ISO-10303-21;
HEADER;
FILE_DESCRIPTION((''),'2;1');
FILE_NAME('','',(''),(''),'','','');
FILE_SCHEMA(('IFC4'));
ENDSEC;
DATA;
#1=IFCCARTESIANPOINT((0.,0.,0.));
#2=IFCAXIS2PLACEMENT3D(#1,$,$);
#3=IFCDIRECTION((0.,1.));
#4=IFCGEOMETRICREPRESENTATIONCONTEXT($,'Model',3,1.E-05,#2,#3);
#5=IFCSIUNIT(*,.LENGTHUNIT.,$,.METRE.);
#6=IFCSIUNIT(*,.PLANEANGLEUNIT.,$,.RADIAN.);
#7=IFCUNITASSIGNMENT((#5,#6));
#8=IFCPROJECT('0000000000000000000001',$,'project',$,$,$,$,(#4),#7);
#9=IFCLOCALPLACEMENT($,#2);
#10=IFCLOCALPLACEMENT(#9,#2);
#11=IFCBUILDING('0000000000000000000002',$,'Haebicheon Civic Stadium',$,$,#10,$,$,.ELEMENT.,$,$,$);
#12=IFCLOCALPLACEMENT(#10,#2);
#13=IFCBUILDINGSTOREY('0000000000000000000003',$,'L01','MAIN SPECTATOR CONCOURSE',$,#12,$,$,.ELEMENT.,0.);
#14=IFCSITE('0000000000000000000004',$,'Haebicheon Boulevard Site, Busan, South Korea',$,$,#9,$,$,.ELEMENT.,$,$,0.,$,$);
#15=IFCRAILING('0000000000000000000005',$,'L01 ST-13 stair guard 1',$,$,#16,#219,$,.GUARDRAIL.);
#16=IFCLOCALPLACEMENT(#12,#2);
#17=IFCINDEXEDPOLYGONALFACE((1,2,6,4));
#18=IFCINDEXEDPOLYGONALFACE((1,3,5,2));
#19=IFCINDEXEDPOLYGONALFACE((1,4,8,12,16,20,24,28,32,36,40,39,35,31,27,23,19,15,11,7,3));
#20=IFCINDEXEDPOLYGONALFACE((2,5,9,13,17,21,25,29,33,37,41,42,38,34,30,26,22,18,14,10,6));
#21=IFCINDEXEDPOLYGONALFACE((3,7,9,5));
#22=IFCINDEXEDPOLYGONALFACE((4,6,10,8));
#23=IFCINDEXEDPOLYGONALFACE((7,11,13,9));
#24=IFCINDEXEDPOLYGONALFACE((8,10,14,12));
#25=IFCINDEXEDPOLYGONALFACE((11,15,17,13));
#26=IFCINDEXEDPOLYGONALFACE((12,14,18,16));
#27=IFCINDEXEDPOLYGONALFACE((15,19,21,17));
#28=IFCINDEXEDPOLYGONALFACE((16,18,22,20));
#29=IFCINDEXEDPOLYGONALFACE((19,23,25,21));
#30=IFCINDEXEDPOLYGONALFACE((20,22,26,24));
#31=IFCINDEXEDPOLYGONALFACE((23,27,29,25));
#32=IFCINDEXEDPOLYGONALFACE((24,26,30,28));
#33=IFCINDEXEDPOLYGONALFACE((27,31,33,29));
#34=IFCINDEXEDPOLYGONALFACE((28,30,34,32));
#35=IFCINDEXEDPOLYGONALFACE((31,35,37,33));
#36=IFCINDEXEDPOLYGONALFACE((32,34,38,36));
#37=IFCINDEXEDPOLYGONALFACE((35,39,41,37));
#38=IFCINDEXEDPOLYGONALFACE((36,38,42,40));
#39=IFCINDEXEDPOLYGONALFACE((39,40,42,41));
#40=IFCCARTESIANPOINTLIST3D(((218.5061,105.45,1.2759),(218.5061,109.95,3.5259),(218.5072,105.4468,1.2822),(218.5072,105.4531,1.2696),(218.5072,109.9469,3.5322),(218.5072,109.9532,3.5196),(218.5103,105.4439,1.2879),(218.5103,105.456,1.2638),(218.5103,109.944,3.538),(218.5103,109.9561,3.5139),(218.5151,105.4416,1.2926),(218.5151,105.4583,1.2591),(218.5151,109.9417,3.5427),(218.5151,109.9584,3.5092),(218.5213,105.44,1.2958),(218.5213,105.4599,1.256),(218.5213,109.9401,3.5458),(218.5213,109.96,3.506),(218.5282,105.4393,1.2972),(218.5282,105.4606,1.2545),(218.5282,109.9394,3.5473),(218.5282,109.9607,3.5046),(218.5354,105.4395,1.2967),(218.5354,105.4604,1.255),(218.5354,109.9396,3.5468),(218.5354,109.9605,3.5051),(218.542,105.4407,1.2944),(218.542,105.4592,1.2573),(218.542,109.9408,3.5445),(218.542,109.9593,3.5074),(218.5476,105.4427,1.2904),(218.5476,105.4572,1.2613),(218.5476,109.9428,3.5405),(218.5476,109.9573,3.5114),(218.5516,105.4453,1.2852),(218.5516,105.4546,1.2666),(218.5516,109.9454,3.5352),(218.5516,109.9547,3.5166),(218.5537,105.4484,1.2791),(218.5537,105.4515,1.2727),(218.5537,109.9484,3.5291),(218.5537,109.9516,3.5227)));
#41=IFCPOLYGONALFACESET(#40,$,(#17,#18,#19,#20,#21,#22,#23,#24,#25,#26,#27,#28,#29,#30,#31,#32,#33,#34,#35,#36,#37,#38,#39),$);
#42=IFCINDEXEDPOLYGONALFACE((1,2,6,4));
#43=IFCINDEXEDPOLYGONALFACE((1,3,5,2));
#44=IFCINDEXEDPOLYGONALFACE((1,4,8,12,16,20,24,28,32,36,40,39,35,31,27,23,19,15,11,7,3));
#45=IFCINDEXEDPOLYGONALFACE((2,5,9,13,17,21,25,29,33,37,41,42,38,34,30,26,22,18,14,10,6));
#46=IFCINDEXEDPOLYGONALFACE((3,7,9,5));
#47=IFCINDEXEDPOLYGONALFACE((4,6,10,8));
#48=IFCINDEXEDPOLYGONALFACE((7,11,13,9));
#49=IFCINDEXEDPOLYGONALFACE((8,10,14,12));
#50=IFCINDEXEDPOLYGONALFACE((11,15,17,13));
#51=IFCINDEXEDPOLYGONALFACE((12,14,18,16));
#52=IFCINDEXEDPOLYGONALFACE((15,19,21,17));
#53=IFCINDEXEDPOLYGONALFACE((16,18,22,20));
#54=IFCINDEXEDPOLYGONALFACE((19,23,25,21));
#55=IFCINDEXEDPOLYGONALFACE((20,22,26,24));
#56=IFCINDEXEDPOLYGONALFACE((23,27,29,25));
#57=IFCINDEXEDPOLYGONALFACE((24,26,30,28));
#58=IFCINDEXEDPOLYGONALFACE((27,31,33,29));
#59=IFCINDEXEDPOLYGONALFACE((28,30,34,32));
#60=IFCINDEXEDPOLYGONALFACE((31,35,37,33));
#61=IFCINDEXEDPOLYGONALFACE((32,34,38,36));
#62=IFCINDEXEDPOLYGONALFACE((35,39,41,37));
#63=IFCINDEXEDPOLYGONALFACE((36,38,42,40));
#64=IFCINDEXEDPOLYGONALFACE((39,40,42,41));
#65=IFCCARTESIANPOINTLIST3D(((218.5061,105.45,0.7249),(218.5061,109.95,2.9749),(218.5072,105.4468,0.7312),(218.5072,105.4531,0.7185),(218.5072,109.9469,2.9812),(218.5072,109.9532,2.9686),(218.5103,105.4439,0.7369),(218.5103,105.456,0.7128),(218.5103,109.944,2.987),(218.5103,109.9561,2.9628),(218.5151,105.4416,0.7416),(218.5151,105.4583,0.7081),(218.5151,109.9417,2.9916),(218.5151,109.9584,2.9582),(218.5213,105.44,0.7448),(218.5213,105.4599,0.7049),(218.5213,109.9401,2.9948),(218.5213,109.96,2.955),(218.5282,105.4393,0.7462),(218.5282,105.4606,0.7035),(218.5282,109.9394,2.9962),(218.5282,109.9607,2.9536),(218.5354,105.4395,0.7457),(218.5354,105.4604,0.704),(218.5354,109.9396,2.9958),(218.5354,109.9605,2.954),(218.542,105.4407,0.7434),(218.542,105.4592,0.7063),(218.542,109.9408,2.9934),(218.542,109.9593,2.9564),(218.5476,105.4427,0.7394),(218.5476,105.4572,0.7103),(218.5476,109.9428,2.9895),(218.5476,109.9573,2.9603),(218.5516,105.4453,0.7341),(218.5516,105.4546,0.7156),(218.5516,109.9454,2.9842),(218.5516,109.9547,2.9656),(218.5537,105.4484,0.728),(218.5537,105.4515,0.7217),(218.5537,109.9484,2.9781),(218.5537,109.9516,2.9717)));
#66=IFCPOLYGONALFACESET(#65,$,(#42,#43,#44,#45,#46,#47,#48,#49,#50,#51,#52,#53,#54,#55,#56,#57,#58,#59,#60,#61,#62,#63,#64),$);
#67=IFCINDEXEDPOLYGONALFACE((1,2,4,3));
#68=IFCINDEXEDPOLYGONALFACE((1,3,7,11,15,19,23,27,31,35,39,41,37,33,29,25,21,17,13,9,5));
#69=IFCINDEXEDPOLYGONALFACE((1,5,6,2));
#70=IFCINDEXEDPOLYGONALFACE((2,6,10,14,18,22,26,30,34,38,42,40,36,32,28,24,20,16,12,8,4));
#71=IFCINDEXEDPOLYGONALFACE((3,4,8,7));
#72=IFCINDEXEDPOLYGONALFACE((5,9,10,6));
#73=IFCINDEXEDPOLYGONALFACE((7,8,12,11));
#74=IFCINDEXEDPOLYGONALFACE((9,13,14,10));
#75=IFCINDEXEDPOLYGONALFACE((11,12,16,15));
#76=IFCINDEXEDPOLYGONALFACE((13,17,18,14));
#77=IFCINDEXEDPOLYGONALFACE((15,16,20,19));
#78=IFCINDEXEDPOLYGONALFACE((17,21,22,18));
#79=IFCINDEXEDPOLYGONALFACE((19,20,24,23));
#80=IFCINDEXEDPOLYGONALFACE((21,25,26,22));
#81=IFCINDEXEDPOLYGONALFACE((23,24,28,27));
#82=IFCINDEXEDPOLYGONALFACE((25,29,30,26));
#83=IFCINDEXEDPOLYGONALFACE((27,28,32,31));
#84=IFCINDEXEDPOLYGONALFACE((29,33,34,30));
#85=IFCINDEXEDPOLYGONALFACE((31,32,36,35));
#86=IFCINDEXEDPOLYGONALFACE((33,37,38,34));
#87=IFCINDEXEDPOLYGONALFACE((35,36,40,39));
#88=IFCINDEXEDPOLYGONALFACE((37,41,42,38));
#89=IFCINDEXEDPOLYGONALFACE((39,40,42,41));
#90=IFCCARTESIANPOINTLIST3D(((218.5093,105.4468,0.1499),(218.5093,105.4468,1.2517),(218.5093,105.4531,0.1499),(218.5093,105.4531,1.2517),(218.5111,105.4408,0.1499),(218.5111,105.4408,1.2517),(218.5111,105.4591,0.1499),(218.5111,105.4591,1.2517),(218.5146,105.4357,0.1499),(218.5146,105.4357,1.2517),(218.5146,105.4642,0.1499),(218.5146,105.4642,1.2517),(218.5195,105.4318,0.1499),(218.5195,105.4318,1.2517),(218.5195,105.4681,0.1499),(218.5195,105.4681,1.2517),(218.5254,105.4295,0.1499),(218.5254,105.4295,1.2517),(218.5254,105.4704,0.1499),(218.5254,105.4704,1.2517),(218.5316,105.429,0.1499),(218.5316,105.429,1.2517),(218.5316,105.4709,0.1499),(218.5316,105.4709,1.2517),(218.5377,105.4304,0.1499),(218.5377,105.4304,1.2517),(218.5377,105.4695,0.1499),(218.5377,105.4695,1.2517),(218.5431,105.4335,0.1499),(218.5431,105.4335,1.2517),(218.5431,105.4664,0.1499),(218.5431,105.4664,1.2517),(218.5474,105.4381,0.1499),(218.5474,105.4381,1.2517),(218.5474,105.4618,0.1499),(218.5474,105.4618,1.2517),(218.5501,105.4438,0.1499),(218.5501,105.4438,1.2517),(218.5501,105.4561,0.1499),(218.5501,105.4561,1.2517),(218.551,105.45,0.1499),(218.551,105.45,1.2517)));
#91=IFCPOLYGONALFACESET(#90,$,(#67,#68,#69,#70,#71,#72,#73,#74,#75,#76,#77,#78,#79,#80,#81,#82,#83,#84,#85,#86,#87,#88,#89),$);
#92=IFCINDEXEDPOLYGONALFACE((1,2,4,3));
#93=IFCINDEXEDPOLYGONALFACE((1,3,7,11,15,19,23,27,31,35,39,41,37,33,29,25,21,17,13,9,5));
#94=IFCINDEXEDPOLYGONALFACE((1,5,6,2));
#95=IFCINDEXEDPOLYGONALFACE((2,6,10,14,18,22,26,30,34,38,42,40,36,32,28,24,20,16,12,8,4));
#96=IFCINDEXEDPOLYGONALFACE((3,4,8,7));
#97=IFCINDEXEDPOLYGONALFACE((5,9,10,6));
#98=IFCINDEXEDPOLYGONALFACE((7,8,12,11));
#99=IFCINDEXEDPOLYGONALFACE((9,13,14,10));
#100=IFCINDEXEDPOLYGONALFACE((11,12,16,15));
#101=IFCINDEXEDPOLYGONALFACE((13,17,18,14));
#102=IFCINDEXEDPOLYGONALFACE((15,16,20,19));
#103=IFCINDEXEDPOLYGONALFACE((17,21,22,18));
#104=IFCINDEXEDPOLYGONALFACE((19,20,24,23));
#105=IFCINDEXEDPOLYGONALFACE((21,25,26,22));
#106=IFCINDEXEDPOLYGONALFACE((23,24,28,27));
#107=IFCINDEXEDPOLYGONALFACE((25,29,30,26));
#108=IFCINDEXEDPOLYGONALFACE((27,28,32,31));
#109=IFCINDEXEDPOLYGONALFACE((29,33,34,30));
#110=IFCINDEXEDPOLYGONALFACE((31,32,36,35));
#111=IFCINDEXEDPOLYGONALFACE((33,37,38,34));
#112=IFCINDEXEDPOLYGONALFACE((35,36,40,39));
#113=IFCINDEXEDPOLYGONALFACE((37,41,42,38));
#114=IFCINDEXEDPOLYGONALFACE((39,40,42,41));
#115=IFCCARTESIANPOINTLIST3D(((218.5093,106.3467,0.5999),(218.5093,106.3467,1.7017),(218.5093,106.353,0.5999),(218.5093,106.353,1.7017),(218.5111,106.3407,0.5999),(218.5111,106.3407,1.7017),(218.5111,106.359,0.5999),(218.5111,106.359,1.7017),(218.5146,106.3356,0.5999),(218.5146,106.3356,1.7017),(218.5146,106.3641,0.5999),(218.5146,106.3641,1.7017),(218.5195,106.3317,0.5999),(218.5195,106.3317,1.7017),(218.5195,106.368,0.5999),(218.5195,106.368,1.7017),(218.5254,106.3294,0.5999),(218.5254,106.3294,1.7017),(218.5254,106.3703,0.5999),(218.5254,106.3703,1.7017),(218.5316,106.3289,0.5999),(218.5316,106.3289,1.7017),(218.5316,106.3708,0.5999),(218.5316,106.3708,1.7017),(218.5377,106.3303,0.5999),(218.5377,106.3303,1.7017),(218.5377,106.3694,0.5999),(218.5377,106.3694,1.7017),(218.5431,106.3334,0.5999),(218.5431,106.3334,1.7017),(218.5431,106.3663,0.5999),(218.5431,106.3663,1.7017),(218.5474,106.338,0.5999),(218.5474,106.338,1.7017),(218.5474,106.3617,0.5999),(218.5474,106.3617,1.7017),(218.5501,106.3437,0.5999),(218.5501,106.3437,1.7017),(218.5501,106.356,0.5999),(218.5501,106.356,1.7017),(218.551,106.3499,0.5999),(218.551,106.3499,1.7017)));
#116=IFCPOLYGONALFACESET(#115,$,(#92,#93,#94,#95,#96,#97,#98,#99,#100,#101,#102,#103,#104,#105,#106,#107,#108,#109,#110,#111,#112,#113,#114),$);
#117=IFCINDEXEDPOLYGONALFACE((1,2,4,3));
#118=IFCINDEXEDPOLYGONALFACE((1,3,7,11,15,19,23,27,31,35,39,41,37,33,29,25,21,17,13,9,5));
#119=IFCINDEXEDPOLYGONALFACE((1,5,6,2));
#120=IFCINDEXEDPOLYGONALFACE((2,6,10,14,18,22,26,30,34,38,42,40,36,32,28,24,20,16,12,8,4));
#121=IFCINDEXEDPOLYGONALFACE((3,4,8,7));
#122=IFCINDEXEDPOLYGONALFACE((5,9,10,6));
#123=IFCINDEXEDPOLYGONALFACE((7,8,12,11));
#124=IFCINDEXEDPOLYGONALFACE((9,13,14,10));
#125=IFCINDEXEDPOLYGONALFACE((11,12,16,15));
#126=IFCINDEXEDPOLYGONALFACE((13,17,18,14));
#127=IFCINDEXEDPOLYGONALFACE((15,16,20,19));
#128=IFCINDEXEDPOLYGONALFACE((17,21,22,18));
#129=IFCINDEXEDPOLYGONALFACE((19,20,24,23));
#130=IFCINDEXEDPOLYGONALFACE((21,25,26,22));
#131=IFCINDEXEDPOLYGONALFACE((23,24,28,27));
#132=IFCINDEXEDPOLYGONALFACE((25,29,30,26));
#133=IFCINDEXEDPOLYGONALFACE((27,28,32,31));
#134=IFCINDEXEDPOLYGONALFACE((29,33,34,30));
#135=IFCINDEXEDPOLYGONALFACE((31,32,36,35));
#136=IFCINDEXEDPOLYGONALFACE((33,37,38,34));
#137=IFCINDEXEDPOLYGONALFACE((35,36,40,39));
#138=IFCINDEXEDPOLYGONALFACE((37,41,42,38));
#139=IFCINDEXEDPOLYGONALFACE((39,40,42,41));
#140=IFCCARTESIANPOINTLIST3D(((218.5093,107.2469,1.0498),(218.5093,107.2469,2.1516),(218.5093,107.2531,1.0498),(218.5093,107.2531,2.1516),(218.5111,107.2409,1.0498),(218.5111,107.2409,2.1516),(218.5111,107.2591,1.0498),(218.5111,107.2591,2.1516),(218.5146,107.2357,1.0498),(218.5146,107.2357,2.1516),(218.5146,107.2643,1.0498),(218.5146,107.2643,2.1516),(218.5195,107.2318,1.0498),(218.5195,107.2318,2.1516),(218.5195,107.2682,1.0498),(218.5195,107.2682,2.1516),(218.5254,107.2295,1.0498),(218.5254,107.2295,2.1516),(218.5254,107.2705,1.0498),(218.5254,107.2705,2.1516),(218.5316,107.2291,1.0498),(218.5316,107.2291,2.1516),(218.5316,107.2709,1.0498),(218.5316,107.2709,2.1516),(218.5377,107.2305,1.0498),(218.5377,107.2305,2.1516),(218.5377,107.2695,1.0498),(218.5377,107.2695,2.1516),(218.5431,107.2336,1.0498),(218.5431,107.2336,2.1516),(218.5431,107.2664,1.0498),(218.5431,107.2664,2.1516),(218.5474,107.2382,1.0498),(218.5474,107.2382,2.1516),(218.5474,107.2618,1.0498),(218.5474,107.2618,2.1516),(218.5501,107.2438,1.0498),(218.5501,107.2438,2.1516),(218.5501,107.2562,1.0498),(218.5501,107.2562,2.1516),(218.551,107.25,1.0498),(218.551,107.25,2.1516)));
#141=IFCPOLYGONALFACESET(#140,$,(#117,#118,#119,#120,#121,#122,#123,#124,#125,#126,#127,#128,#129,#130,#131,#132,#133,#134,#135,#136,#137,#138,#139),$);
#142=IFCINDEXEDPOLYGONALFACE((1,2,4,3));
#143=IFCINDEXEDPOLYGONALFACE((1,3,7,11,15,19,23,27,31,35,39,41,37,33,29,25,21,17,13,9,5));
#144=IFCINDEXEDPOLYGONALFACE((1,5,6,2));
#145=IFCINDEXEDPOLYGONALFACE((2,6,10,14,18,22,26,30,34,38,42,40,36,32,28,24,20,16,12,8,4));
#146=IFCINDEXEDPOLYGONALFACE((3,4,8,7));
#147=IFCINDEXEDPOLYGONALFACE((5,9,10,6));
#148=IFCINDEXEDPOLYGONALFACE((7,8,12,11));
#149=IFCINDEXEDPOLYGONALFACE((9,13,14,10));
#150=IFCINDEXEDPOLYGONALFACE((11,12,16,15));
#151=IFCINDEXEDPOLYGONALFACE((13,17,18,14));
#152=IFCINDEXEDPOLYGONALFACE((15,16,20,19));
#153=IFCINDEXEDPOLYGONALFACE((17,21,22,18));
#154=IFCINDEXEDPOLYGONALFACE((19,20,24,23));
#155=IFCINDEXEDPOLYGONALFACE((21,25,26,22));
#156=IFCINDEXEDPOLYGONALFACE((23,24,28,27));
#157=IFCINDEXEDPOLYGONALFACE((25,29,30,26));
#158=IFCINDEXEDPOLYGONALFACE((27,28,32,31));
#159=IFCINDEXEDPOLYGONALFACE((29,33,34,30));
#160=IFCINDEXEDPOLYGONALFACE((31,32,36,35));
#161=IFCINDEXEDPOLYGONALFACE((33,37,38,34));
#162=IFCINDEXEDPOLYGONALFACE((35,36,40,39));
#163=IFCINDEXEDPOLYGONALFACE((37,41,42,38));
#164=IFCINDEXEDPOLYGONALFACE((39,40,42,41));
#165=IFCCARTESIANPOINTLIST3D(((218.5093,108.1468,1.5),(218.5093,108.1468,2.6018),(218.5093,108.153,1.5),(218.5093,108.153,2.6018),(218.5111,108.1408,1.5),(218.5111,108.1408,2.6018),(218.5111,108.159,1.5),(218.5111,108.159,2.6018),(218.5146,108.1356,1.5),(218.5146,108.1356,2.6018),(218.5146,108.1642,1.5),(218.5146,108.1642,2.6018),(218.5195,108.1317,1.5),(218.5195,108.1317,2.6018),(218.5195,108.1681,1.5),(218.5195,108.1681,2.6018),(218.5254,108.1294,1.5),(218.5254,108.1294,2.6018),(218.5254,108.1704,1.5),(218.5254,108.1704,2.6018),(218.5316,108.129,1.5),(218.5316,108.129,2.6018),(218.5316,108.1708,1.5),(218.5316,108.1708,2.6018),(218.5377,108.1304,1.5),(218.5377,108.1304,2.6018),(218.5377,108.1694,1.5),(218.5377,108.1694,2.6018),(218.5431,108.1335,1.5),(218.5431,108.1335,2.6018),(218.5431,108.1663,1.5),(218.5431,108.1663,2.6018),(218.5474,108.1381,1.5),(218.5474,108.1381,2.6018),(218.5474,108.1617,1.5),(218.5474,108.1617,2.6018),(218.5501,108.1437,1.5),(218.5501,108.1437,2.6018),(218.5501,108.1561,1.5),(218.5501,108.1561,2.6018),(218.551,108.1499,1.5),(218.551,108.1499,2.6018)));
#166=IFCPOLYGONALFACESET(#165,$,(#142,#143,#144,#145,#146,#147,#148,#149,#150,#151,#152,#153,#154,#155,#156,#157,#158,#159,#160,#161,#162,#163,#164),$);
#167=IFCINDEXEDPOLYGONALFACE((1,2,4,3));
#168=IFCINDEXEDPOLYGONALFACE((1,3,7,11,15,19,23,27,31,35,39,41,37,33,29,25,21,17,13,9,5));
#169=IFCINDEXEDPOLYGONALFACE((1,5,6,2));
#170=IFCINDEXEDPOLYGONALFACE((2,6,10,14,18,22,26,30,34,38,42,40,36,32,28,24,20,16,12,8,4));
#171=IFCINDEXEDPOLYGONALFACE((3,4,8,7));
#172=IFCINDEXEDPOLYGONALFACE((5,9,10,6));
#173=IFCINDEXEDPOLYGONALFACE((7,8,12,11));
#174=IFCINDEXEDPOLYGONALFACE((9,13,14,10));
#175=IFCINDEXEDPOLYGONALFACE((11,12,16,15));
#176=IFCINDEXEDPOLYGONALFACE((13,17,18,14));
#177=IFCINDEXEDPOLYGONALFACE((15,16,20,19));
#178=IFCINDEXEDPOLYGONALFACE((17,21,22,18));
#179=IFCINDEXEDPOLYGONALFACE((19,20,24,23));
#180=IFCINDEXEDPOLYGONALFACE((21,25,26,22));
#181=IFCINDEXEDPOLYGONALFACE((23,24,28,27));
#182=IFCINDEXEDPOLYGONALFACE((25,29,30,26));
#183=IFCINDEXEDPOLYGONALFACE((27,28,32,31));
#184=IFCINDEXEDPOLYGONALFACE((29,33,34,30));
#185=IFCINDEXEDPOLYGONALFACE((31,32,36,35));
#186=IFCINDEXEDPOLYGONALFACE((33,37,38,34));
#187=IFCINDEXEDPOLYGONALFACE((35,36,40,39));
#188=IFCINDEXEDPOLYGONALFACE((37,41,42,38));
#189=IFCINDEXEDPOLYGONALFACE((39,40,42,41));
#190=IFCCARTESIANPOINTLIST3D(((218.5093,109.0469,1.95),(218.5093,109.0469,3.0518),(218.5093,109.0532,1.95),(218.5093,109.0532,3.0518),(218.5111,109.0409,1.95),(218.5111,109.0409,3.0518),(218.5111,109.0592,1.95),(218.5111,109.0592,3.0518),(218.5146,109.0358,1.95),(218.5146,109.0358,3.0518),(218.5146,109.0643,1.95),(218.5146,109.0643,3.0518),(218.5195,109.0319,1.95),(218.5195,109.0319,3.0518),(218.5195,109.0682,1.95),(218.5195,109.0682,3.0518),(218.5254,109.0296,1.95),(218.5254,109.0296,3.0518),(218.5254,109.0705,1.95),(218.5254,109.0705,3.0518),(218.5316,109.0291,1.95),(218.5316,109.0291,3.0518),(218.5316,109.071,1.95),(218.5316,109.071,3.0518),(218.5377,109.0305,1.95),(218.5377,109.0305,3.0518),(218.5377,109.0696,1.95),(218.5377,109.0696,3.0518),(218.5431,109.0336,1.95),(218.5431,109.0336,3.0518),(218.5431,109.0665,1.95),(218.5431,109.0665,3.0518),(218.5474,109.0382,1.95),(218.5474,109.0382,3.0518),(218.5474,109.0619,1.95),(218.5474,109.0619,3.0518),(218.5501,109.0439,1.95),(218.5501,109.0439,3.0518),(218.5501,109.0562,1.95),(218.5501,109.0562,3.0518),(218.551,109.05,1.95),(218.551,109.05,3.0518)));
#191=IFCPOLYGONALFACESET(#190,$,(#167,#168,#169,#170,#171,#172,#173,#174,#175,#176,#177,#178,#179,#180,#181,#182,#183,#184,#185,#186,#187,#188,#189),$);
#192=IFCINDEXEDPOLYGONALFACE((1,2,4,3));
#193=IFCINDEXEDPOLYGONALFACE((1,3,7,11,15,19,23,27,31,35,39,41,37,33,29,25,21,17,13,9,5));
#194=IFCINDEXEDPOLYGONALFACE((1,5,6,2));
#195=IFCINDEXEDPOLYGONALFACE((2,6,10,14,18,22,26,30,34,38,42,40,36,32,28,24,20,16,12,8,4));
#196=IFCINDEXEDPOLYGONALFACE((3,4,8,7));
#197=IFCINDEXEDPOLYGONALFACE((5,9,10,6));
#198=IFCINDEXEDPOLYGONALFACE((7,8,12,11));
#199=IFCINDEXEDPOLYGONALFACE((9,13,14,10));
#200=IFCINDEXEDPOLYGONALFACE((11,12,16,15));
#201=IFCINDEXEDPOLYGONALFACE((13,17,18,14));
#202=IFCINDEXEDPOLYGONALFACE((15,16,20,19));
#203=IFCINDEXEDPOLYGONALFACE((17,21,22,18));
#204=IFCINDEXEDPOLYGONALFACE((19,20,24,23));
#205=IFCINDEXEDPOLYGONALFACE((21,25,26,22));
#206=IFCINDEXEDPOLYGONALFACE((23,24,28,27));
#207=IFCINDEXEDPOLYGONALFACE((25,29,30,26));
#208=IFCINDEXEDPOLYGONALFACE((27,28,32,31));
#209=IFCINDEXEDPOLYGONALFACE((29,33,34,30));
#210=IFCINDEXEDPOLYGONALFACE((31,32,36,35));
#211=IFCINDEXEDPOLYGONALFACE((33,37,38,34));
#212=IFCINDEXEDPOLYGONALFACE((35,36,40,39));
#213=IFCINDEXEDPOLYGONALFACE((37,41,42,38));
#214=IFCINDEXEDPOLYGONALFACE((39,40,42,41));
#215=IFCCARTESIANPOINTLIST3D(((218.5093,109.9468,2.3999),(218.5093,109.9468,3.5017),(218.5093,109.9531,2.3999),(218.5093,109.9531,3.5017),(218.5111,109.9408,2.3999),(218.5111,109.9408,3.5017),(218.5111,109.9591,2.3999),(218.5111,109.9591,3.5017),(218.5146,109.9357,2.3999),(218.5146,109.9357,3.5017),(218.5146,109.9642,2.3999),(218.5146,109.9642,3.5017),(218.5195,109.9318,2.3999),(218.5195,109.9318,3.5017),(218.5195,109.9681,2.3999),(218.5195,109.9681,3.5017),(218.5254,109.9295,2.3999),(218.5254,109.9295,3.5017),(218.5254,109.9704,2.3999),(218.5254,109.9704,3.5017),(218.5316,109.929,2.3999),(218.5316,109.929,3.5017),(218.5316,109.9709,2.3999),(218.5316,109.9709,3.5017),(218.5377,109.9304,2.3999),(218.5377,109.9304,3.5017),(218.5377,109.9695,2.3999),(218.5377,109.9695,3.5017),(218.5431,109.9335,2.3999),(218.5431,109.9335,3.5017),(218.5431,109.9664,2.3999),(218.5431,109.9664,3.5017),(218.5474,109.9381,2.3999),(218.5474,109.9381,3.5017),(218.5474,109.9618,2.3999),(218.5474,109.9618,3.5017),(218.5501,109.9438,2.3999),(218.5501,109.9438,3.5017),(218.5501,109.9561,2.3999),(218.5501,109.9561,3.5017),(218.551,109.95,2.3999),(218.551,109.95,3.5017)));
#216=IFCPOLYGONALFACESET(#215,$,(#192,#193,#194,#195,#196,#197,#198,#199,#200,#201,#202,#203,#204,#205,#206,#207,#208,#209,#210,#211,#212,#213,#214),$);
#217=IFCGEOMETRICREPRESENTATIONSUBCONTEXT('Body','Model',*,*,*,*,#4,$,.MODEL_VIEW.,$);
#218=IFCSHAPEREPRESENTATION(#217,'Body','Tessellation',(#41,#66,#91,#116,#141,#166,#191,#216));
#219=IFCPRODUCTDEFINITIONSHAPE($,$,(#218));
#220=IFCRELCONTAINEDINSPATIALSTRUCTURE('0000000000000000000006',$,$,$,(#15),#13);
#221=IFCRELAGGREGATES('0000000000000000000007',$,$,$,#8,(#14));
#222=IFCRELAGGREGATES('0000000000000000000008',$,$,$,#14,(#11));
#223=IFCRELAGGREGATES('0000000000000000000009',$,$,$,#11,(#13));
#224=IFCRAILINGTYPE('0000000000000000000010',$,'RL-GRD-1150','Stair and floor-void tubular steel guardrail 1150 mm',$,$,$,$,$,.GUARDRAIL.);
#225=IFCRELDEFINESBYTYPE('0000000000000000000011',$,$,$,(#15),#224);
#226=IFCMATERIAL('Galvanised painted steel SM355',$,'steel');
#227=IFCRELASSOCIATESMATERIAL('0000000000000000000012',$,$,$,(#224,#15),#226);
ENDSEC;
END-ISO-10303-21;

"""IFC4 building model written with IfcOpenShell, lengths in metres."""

from ifc_helpers import new_model, si_unit, direction, frame, origin, origin_2d, place, context, subcontext, project, spatial, circle, extrude, material, type_object, element, save


model = new_model("IFC4")

# Units and contexts
model_context = context("Model", 3, precision=1e-05, world=origin(), true_north=direction((0.0, 1.0)))
body_context = subcontext(model_context, "Body", "Model", "MODEL_VIEW")
ifc_project = project(units=[si_unit("LENGTHUNIT", "METRE"), si_unit("PLANEANGLEUNIT", "RADIAN")], contexts=[model_context])

# Site, building, storey
site_placement = place(None, origin())
site = spatial("IfcSite", under=ifc_project, at=site_placement, Name="Haebicheon Boulevard Site, Busan, South Korea", CompositionType="ELEMENT", RefElevation=0.0)
building_placement = place(site_placement, origin())
building = spatial("IfcBuilding", under=site, at=building_placement, Name="Haebicheon Civic Stadium", CompositionType="ELEMENT")
storey_placement = place(building_placement, origin())
storey = spatial("IfcBuildingStorey", under=building, at=storey_placement, Name="L01", Description="MAIN SPECTATOR CONCOURSE", CompositionType="ELEMENT", Elevation=0.0)

# Railing
ifc_material_1 = material(Name="Galvanised painted steel SM355", Category="steel")
railing_type_1 = type_object("IfcRailingType", Name="RL-GRD-1150", Description="Stair and floor-void tubular steel guardrail 1150 mm", PredefinedType="GUARDRAIL", material=ifc_material_1)
railing_1_placement = place(storey_placement, frame((218.53, 105.45, 0.1499)))
element("IfcRailing", 1, at=railing_1_placement, inside=storey, type_object=railing_type_1, material=ifc_material_1, Name="L01 ST-13 stair guard 1", PredefinedType="GUARDRAIL", context=body_context, shape_type="SweptSolid", body=[
    extrude(circle(Radius=0.0239, at=origin_2d()), frame((0.0, 0.0, 1.126), z_axis=(0.0, 0.894427, 0.447214), x_axis=(-1.0, 0.0, 0.0)), (0.0, 0.0, 1.0), 5.0312),
    extrude(circle(Radius=0.0239, at=origin_2d()), frame((0.0, 0.0, 0.575), z_axis=(0.0, 0.894427, 0.447214), x_axis=(-1.0, 0.0, 0.0)), (0.0, 0.0, 1.0), 5.0312),
    extrude(circle(Radius=0.021, at=origin_2d()), origin(), (0.0, 0.0, 1.0), 1.1018),
    extrude(circle(Radius=0.021, at=origin_2d()), frame((0.0, 0.8999, 0.45)), (0.0, 0.0, 1.0), 1.1018),
    extrude(circle(Radius=0.021, at=origin_2d()), frame((0.0, 1.8, 0.8999)), (0.0, 0.0, 1.0), 1.1018),
    extrude(circle(Radius=0.021, at=origin_2d()), frame((0.0, 2.7, 1.3501)), (0.0, 0.0, 1.0), 1.1018),
    extrude(circle(Radius=0.021, at=origin_2d()), frame((0.0, 3.6001, 1.8)), (0.0, 0.0, 1.0), 1.1018),
    extrude(circle(Radius=0.021, at=origin_2d()), frame((0.0, 4.5, 2.25)), (0.0, 0.0, 1.0), 1.1018),
])

save(model, "model.ifc")
